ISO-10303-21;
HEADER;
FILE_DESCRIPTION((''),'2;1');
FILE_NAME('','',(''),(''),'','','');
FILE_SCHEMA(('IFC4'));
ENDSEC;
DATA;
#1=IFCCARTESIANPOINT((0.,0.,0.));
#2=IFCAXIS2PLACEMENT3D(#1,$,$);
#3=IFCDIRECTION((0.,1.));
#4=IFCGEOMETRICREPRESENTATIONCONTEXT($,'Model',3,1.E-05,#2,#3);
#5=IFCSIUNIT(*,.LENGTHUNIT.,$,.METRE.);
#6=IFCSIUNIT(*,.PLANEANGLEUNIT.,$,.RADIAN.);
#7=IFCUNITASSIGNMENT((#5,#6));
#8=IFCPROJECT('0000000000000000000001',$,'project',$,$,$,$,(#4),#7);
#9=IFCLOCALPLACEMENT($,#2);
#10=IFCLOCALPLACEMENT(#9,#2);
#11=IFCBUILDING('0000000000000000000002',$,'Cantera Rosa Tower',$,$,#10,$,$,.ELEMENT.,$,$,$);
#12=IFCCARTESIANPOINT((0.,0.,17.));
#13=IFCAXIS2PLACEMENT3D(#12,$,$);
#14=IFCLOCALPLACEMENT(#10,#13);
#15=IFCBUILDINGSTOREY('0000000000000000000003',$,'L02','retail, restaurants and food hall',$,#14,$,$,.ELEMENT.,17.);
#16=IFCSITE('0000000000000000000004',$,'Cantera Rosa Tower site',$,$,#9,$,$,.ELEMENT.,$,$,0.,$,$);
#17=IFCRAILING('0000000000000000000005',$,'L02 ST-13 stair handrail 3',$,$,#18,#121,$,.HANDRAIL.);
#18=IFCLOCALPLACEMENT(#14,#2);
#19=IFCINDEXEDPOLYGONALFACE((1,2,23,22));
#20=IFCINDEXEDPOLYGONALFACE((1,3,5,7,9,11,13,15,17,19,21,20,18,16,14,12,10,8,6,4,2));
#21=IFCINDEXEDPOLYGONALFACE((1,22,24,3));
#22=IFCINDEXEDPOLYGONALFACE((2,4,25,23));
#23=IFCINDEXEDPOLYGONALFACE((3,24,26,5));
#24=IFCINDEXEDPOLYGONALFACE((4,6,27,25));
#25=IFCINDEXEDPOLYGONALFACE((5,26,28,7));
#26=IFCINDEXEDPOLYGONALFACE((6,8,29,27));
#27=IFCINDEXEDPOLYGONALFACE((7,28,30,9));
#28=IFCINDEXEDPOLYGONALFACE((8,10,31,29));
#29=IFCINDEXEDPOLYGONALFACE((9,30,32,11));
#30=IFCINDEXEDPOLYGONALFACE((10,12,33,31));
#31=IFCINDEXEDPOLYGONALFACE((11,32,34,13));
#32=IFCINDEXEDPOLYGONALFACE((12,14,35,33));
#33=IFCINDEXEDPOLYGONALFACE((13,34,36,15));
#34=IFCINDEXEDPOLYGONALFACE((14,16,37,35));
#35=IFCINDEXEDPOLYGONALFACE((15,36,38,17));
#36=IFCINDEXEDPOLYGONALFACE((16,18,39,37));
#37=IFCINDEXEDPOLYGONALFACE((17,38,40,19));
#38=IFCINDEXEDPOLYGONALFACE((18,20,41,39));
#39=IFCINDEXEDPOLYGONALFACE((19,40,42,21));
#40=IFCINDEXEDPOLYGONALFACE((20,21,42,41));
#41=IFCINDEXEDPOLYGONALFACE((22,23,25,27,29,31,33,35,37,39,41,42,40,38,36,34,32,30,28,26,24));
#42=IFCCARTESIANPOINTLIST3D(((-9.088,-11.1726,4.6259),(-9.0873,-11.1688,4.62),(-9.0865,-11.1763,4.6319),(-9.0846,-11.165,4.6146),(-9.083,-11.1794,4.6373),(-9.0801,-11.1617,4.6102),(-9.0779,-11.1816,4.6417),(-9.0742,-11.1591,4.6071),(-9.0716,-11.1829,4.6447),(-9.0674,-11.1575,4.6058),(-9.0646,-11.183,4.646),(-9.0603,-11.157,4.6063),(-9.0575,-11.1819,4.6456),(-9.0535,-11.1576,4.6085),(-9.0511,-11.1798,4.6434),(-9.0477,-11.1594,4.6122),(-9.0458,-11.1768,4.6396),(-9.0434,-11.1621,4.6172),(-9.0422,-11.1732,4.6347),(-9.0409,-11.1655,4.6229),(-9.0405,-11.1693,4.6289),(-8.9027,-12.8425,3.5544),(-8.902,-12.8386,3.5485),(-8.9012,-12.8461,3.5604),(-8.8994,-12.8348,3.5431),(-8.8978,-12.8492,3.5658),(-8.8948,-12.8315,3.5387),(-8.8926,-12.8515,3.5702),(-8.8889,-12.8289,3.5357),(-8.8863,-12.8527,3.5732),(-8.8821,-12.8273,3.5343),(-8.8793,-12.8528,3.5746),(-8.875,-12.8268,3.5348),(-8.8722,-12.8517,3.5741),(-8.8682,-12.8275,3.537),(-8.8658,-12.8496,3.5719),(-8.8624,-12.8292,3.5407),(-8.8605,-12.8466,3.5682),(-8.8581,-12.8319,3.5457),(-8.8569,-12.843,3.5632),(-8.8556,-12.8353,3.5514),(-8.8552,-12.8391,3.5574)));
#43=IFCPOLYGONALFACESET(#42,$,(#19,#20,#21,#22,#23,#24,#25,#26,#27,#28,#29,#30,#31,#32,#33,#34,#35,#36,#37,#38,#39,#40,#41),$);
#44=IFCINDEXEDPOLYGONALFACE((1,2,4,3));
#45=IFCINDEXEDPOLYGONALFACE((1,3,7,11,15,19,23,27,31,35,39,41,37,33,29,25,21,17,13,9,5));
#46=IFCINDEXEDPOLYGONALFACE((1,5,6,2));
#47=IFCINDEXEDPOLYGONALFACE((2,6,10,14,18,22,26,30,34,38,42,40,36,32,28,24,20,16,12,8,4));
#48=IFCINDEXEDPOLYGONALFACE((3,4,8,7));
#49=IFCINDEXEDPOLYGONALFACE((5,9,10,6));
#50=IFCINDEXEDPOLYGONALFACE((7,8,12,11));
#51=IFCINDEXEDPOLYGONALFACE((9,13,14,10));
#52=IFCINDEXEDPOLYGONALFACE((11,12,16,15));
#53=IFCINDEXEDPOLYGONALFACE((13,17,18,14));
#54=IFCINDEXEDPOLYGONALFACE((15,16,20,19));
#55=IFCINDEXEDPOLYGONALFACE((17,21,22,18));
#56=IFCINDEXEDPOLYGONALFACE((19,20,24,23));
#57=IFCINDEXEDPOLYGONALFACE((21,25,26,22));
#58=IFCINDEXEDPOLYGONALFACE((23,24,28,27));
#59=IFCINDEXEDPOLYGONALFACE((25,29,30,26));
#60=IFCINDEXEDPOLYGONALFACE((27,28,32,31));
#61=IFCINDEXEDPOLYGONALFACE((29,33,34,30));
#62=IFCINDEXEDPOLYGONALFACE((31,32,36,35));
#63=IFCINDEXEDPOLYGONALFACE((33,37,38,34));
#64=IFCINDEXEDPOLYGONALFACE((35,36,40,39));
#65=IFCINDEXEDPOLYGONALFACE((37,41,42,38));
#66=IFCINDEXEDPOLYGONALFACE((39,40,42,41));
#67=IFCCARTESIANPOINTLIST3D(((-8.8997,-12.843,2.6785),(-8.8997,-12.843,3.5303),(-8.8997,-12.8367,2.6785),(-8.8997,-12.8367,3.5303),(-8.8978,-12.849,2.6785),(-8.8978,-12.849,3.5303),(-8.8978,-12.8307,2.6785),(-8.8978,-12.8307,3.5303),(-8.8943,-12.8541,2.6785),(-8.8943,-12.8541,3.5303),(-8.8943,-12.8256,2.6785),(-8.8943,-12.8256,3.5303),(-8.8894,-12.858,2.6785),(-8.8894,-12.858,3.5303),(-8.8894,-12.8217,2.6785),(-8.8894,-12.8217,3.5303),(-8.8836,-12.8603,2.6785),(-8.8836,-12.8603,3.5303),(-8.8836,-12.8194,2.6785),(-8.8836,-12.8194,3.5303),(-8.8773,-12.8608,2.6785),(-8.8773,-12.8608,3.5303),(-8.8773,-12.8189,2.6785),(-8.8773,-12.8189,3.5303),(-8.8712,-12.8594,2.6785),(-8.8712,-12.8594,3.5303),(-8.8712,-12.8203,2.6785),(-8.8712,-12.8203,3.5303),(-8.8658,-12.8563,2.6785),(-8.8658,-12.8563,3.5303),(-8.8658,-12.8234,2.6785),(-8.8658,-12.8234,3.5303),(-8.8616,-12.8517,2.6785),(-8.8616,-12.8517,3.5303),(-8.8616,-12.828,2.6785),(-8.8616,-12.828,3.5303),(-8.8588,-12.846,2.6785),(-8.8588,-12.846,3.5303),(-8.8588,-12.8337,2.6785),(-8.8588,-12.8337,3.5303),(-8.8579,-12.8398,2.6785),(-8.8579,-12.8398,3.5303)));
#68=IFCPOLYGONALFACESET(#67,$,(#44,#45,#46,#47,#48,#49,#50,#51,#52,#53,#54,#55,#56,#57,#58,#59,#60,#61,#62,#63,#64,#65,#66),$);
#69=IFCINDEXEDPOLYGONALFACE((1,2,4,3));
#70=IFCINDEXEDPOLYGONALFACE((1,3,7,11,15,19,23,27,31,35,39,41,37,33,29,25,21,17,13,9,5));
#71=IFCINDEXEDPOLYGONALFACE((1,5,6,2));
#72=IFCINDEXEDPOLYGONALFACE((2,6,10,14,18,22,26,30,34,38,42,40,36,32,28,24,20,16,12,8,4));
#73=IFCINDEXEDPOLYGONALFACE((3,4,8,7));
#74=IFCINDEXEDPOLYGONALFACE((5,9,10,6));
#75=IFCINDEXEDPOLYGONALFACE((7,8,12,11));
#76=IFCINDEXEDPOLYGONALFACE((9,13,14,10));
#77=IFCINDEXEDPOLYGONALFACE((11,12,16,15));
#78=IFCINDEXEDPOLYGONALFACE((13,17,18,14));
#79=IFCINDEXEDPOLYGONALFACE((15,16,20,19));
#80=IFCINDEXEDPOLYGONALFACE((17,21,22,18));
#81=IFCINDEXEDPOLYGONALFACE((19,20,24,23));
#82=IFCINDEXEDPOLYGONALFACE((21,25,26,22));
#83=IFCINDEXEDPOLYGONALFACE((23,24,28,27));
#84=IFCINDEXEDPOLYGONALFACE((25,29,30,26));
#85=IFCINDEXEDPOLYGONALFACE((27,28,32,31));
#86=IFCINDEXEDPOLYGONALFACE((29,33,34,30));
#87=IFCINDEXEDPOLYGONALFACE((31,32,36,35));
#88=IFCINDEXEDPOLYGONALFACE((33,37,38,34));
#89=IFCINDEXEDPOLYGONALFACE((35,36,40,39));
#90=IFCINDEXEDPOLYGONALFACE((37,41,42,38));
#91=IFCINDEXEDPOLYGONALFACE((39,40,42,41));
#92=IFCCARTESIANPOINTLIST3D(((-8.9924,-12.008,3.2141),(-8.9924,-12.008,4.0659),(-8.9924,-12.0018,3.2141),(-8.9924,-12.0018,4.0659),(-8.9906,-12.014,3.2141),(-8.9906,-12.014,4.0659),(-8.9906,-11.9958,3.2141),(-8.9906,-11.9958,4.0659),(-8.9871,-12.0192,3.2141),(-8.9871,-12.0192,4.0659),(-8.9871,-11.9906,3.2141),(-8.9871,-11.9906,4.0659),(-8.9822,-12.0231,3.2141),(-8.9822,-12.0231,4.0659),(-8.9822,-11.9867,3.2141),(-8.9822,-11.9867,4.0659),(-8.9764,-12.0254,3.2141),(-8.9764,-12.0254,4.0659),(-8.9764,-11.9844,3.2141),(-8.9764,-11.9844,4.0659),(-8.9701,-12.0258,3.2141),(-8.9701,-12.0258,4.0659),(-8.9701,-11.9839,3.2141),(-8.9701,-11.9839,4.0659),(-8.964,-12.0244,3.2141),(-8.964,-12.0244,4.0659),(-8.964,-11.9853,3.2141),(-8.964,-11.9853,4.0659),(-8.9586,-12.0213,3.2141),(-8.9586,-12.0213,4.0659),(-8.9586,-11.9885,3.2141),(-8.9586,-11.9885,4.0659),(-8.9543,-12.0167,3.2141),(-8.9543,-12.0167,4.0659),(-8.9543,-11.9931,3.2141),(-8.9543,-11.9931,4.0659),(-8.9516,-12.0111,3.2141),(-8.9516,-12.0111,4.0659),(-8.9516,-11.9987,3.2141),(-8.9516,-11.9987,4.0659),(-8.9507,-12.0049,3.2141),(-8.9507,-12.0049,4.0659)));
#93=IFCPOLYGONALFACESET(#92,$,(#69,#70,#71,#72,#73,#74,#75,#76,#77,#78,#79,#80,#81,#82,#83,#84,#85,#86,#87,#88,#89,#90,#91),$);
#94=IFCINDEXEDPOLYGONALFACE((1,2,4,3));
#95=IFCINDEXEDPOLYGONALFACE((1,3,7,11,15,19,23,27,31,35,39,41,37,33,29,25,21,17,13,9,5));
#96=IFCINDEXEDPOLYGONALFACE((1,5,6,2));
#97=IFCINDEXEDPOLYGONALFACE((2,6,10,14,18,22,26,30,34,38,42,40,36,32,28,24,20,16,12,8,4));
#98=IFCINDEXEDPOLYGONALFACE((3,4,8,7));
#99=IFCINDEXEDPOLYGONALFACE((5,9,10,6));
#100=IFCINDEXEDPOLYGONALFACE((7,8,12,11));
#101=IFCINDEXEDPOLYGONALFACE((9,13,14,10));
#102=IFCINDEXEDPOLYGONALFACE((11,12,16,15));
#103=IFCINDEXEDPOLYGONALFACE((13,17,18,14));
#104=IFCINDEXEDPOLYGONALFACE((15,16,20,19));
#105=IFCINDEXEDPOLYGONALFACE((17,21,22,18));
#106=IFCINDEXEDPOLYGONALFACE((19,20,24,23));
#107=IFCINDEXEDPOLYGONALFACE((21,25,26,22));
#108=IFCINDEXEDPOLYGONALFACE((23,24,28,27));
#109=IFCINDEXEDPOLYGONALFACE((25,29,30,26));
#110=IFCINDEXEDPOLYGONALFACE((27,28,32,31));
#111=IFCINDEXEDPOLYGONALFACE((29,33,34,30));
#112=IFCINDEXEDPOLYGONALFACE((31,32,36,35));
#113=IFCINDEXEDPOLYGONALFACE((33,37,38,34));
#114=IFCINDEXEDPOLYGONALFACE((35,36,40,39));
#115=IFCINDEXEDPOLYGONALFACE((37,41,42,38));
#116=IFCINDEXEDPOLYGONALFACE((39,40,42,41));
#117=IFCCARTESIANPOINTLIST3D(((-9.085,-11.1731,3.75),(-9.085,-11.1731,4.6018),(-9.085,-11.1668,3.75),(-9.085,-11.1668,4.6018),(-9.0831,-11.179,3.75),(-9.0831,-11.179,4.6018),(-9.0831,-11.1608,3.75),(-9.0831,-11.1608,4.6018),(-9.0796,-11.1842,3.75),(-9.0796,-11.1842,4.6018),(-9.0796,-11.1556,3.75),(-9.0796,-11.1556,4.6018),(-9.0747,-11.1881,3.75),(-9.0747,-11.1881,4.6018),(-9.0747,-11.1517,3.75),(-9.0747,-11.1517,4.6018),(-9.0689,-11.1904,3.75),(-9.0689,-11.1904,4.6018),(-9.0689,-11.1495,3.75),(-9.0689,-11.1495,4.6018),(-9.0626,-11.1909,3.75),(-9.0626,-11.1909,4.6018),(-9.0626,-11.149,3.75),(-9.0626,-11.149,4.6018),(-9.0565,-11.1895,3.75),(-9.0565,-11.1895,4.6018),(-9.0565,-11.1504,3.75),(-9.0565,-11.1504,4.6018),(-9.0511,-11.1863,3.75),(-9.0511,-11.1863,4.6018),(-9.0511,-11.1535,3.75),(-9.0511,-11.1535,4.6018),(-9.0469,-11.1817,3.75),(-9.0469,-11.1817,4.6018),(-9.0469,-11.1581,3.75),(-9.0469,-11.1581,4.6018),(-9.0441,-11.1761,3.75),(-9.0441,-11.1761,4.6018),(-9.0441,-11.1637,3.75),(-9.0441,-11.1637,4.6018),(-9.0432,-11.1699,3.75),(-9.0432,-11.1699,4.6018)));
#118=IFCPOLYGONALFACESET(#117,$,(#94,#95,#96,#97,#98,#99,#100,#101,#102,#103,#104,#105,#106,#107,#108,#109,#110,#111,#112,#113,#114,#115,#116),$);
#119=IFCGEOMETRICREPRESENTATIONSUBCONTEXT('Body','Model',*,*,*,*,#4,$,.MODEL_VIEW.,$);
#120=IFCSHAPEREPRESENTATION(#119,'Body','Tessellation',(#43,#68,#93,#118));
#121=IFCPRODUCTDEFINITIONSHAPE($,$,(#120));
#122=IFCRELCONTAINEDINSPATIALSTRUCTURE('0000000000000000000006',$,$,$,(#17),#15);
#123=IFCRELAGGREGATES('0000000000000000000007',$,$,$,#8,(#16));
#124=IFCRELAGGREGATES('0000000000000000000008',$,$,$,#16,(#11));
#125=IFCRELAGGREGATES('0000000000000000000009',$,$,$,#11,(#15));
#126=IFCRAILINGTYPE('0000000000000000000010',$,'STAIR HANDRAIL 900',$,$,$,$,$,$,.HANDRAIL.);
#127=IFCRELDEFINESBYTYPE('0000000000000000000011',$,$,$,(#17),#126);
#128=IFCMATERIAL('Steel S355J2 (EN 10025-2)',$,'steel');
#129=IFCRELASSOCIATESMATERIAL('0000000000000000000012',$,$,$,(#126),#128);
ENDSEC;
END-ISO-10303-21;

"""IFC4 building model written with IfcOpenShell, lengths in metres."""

from ifc_helpers import new_model, si_unit, direction, frame, origin, origin_2d, place, context, subcontext, project, spatial, circle, extrude, material, type_object, element, save


model = new_model("IFC4")

# Units and contexts
model_context = context("Model", 3, precision=1e-05, world=origin(), true_north=direction((0.0, 1.0)))
body_context = subcontext(model_context, "Body", "Model", "MODEL_VIEW")
ifc_project = project(units=[si_unit("LENGTHUNIT", "METRE"), si_unit("PLANEANGLEUNIT", "RADIAN")], contexts=[model_context])

# Site, building, storey
site_placement = place(None, origin())
site = spatial("IfcSite", under=ifc_project, at=site_placement, Name="Cantera Rosa Tower site", CompositionType="ELEMENT", RefElevation=0.0)
building_placement = place(site_placement, origin())
building = spatial("IfcBuilding", under=site, at=building_placement, Name="Cantera Rosa Tower", CompositionType="ELEMENT")
storey_placement = place(building_placement, frame((0.0, 0.0, 17.0)))
storey = spatial("IfcBuildingStorey", under=building, at=storey_placement, Name="L02", Description="retail, restaurants and food hall", CompositionType="ELEMENT", Elevation=17.0)

# Railing
ifc_material_1 = material(Name="Steel S355J2 (EN 10025-2)", Category="steel")
railing_type_1 = type_object("IfcRailingType", Name="STAIR HANDRAIL 900", PredefinedType="HANDRAIL", material=ifc_material_1)
railing_1_placement = place(storey_placement, frame((-8.8789, -12.8398, 2.6785)))
element("IfcRailing", 1, at=railing_1_placement, inside=storey, type_object=railing_type_1, Name="L02 ST-13 stair handrail 3", PredefinedType="HANDRAIL", context=body_context, shape_type="SweptSolid", body=[
    extrude(circle(Radius=0.0239, at=origin_2d()), frame((0.0, 0.0, 0.876), z_axis=(-0.092987, 0.837987, 0.537709), x_axis=(-0.9939, -0.110288, 0.0)), (0.0, 0.0, 1.0), 1.9927),
    extrude(circle(Radius=0.021, at=origin_2d()), origin(), (0.0, 0.0, 1.0), 0.8518),
    extrude(circle(Radius=0.021, at=origin_2d()), frame((-0.0928, 0.835, 0.5356)), (0.0, 0.0, 1.0), 0.8518),
    extrude(circle(Radius=0.021, at=origin_2d()), frame((-0.1853, 1.6699, 1.0715)), (0.0, 0.0, 1.0), 0.8518),
])

save(model, "model.ifc")
